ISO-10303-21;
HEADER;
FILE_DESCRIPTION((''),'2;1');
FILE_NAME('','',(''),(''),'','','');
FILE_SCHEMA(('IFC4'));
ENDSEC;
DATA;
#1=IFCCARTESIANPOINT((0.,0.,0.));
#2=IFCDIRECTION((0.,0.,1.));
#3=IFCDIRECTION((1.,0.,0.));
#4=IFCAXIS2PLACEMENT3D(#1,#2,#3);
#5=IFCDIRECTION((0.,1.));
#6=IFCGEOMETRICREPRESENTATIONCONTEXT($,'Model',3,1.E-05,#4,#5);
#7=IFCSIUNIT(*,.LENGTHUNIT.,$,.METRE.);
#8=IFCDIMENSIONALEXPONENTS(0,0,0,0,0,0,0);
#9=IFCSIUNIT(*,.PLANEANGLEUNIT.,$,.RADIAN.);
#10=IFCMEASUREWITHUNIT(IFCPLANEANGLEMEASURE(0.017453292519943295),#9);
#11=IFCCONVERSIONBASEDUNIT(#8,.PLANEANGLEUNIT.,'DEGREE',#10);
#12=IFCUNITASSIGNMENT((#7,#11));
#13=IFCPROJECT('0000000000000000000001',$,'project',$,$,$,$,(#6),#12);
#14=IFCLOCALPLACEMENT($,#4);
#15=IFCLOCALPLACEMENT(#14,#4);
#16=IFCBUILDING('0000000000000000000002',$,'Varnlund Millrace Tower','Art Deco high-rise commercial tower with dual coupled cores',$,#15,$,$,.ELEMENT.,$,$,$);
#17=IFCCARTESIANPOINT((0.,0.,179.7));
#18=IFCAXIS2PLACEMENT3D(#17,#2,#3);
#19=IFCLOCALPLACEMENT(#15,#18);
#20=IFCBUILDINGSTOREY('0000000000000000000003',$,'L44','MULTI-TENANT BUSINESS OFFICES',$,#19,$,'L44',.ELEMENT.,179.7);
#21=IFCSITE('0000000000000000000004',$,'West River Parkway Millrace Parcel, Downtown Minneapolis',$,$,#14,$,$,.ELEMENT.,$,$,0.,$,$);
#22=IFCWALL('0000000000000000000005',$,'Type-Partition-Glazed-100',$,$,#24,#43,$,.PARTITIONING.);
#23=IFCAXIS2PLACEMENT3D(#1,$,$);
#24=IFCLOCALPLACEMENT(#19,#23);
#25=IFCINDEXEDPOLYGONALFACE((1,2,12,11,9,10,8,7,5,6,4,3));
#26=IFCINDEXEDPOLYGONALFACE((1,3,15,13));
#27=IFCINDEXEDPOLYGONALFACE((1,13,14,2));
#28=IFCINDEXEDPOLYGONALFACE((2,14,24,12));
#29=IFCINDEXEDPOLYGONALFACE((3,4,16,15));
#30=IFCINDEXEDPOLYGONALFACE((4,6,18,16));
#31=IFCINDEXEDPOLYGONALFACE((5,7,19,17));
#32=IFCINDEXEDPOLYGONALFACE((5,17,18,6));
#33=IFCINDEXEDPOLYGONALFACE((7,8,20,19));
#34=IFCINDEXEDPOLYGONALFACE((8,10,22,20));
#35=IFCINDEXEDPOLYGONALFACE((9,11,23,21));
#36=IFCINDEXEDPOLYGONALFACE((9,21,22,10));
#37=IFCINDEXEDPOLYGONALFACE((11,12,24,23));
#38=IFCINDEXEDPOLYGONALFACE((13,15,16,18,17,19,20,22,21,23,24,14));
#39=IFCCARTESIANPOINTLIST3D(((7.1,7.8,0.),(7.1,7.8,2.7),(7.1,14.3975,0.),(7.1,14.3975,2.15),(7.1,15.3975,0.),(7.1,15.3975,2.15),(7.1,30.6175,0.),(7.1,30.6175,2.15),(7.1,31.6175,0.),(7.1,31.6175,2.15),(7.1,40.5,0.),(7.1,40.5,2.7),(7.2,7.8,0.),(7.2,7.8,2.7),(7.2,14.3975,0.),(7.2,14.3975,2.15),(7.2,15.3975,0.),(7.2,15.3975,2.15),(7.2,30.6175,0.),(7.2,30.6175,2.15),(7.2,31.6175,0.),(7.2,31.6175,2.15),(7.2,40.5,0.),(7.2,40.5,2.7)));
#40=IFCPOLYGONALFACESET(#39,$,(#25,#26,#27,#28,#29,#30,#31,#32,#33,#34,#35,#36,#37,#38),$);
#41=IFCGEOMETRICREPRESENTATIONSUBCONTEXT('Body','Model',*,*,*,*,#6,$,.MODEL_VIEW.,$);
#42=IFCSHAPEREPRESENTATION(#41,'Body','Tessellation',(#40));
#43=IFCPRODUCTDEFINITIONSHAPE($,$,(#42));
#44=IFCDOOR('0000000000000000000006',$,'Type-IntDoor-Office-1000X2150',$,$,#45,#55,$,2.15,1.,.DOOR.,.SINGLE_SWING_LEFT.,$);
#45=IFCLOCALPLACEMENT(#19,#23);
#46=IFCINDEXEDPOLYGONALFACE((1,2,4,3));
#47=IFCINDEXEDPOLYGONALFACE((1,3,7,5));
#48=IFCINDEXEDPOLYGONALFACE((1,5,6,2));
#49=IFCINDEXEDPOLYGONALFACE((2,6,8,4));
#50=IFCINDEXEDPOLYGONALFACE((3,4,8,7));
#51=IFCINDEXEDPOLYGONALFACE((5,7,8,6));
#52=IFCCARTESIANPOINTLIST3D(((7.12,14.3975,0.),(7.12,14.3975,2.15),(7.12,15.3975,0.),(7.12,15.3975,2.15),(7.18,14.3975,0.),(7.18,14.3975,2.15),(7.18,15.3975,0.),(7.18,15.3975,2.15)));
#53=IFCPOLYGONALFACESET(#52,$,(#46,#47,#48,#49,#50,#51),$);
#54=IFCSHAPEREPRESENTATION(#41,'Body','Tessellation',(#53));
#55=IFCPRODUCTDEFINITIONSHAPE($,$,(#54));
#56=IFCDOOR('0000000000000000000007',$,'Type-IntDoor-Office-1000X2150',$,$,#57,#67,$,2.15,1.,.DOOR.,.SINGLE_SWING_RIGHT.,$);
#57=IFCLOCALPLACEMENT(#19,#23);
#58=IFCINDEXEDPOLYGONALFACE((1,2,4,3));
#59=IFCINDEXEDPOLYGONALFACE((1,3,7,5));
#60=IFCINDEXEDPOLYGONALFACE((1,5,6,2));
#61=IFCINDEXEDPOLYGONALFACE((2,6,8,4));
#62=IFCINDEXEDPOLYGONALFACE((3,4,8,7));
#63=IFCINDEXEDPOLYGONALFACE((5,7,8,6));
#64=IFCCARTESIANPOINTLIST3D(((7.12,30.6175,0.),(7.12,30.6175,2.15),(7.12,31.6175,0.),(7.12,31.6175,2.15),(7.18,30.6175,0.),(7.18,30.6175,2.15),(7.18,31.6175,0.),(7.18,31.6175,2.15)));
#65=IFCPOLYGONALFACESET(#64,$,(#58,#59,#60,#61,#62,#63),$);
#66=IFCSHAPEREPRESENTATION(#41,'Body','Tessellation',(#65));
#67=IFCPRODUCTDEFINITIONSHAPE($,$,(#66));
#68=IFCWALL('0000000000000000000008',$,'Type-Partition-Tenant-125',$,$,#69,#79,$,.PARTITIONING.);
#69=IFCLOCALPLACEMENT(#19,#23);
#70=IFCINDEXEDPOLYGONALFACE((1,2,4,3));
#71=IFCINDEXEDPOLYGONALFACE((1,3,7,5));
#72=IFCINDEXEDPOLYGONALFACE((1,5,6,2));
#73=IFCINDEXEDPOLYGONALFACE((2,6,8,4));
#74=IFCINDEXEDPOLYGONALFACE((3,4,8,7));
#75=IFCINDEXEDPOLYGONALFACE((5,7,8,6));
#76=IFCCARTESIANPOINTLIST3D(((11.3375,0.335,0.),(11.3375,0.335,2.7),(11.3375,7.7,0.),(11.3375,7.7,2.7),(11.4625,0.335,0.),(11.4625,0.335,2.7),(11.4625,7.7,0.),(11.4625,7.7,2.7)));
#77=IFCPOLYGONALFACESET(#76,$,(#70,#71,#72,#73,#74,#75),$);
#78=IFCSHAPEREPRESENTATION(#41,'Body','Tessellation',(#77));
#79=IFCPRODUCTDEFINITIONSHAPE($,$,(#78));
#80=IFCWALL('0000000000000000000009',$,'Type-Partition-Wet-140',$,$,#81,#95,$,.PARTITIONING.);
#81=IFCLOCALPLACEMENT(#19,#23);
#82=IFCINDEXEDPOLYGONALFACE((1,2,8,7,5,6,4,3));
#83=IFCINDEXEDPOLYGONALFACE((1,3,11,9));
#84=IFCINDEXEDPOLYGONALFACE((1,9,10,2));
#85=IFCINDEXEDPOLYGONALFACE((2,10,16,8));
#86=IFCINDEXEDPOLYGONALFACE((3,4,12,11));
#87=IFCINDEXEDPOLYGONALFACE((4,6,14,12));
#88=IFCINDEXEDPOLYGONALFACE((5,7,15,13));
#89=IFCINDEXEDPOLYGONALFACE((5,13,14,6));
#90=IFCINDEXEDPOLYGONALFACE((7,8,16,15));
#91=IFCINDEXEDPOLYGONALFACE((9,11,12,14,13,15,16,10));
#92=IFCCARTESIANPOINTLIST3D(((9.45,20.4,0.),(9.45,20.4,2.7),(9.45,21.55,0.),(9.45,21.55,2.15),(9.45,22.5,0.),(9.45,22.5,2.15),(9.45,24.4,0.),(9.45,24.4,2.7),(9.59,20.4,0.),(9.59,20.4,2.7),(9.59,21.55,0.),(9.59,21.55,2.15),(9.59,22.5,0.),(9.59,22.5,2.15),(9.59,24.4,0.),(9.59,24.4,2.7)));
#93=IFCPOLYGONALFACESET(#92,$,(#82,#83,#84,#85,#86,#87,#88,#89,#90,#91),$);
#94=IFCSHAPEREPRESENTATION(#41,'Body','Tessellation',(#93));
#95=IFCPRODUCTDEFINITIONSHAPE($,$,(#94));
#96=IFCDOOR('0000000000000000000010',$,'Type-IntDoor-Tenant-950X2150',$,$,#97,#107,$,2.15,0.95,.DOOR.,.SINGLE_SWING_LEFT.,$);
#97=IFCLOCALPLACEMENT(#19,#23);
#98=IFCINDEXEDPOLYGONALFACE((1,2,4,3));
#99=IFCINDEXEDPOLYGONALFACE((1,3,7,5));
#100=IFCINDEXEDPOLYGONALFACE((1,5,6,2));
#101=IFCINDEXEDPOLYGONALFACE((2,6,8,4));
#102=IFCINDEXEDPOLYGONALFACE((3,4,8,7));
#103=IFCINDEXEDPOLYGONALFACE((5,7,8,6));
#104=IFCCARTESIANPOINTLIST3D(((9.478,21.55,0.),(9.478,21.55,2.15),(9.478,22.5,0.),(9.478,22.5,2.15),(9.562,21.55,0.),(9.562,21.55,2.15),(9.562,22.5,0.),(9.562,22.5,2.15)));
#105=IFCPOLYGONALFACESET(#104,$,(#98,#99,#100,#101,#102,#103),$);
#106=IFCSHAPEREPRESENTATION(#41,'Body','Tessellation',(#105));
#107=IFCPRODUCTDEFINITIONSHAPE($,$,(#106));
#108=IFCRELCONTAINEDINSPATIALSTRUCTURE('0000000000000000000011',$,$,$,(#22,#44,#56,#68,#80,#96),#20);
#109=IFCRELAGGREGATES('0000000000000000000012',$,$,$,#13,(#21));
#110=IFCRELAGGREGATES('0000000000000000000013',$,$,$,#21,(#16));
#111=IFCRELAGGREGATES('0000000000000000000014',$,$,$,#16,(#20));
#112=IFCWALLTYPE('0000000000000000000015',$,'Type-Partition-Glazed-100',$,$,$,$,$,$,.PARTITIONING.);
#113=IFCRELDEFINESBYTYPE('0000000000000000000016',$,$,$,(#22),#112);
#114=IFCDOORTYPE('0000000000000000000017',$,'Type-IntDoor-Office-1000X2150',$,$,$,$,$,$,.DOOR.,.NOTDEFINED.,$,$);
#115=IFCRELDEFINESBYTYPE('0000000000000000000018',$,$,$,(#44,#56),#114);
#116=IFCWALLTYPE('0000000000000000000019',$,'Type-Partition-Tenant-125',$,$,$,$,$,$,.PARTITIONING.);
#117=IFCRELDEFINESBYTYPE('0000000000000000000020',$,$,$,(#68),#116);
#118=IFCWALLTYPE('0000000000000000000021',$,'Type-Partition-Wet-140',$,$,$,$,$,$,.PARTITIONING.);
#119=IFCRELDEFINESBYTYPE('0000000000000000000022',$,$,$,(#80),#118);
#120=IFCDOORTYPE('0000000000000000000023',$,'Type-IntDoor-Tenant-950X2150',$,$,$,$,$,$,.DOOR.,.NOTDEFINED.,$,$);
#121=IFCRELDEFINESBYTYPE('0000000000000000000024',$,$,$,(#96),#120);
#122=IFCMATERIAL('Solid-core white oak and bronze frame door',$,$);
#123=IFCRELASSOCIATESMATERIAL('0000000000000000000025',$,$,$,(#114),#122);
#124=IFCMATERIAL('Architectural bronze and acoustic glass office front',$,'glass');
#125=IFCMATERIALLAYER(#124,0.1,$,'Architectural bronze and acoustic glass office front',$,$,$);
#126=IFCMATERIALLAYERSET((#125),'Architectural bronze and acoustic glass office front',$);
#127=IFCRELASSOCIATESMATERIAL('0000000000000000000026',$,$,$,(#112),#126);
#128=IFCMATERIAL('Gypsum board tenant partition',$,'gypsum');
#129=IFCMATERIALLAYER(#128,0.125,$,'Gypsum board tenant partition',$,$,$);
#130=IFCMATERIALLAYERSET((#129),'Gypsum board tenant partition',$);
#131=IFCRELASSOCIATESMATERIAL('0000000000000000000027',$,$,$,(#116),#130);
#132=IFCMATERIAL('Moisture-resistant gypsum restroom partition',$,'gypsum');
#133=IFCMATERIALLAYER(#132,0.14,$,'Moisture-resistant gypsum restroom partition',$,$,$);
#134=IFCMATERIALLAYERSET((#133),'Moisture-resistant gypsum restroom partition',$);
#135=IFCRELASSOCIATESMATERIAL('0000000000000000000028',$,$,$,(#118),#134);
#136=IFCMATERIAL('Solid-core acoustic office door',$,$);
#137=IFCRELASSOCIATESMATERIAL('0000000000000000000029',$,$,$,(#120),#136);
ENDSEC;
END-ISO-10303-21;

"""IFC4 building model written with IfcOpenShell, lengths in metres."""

from ifc_helpers import new_model, entity, si_unit, converted_unit, direction, frame, origin_with_axes, origin_2d_with_axis, place, context, subcontext, project, spatial, polyline, rectangle, outline, extrude, material, layer, layer_set, type_object, element, fill, save


model = new_model("IFC4")

# Units and contexts
model_context = context("Model", 3, precision=1e-05, world=origin_with_axes(), true_north=direction((0.0, 1.0)))
body_context = subcontext(model_context, "Body", "Model", "MODEL_VIEW")
ifc_project = project(units=[si_unit("LENGTHUNIT", "METRE"), converted_unit("PLANEANGLEUNIT", "DEGREE", entity("IfcPlaneAngleMeasure", 0.017453292519943295), si_unit("PLANEANGLEUNIT", "RADIAN"), dimensions=[0, 0, 0, 0, 0, 0, 0])], contexts=[model_context])

# Site, building, storey
site_placement = place(None, origin_with_axes())
site = spatial("IfcSite", under=ifc_project, at=site_placement, Name="West River Parkway Millrace Parcel, Downtown Minneapolis", CompositionType="ELEMENT", RefElevation=0.0)
building_placement = place(site_placement, origin_with_axes())
building = spatial("IfcBuilding", under=site, at=building_placement, Name="Varnlund Millrace Tower", Description="Art Deco high-rise commercial tower with dual coupled cores", CompositionType="ELEMENT")
storey_placement = place(building_placement, frame((0.0, 0.0, 179.7), z_axis=(0.0, 0.0, 1.0), x_axis=(1.0, 0.0, 0.0)))
storey = spatial("IfcBuildingStorey", under=building, at=storey_placement, Name="L44", Description="MULTI-TENANT BUSINESS OFFICES", LongName="L44", CompositionType="ELEMENT", Elevation=179.7)

# Shared definitions
ifc_material_1 = material(Name="Solid-core white oak and bronze frame door")
door_type_1 = type_object("IfcDoorType", Name="Type-IntDoor-Office-1000X2150", OperationType="NOTDEFINED", PredefinedType="DOOR", material=ifc_material_1)

# Wall, openings, doors
ifc_material_2 = material(Name="Architectural bronze and acoustic glass office front", Category="glass")
ifc_layer_1 = layer(ifc_material_2, 0.1, Name="Architectural bronze and acoustic glass office front")
ifc_layer_set_1 = layer_set([ifc_layer_1], Name="Architectural bronze and acoustic glass office front")
wall_type_1 = type_object("IfcWallType", Name="Type-Partition-Glazed-100", PredefinedType="PARTITIONING", material=ifc_layer_set_1)
wall_1_placement = place(storey_placement, frame((7.15, 7.8, 0.0), z_axis=(0.0, 0.0, 1.0), x_axis=(0.0, 1.0, 0.0)))
wall_1 = element("IfcWall", 1, at=wall_1_placement, inside=storey, type_object=wall_type_1, Name="Type-Partition-Glazed-100", PredefinedType="PARTITIONING", context=body_context, shape_type="SweptSolid", body=[
    extrude(outline(polyline([(0.0, -0.05), (32.7, -0.05), (32.7, 0.05), (0.0, 0.05), (0.0, -0.05)])), origin_with_axes(), (0.0, 0.0, 1.0), 2.7),
])
opening_1_placement = place(wall_1_placement, frame((7.0975, 0.0, 0.0), z_axis=(0.0, 0.0, 1.0), x_axis=(1.0, 0.0, 0.0)))
opening_1 = element("IfcOpeningElement", 2, at=opening_1_placement, cuts=wall_1, PredefinedType="OPENING", context=body_context, shape_type="SweptSolid", body=[
    extrude(rectangle(XDim=1.0, YDim=0.12, at=origin_2d_with_axis()), origin_with_axes(), (0.0, 0.0, 1.0), 2.15),
])
opening_2_placement = place(wall_1_placement, frame((23.3175, 0.0, 0.0), z_axis=(0.0, 0.0, 1.0), x_axis=(1.0, 0.0, 0.0)))
opening_2 = element("IfcOpeningElement", 3, at=opening_2_placement, cuts=wall_1, PredefinedType="OPENING", context=body_context, shape_type="SweptSolid", body=[
    extrude(rectangle(XDim=1.0, YDim=0.12, at=origin_2d_with_axis()), origin_with_axes(), (0.0, 0.0, 1.0), 2.15),
])
door_1_placement = place(wall_1_placement, frame((7.0975, 0.0, 0.0), z_axis=(0.0, 0.0, 1.0), x_axis=(1.0, 0.0, 0.0)))
door_1 = element("IfcDoor", 4, at=door_1_placement, inside=storey, type_object=door_type_1, Name="Type-IntDoor-Office-1000X2150", OperationType="SINGLE_SWING_LEFT", OverallHeight=2.15, OverallWidth=1.0, PredefinedType="DOOR", context=body_context, shape_type="SweptSolid", body=[
    extrude(rectangle(XDim=1.0, YDim=0.06, at=origin_2d_with_axis()), origin_with_axes(), (0.0, 0.0, 1.0), 2.15),
])
fill(opening_1, door_1)
door_2_placement = place(wall_1_placement, frame((23.3175, 0.0, 0.0), z_axis=(0.0, 0.0, 1.0), x_axis=(1.0, 0.0, 0.0)))
door_2 = element("IfcDoor", 5, at=door_2_placement, inside=storey, type_object=door_type_1, Name="Type-IntDoor-Office-1000X2150", OperationType="SINGLE_SWING_RIGHT", OverallHeight=2.15, OverallWidth=1.0, PredefinedType="DOOR", context=body_context, shape_type="SweptSolid", body=[
    extrude(rectangle(XDim=1.0, YDim=0.06, at=origin_2d_with_axis()), origin_with_axes(), (0.0, 0.0, 1.0), 2.15),
])
fill(opening_2, door_2)

# Wall
ifc_material_3 = material(Name="Gypsum board tenant partition", Category="gypsum")
ifc_layer_2 = layer(ifc_material_3, 0.125, Name="Gypsum board tenant partition")
ifc_layer_set_2 = layer_set([ifc_layer_2], Name="Gypsum board tenant partition")
wall_type_2 = type_object("IfcWallType", Name="Type-Partition-Tenant-125", PredefinedType="PARTITIONING", material=ifc_layer_set_2)
wall_2_placement = place(storey_placement, frame((11.4, 0.335, 0.0), z_axis=(0.0, 0.0, 1.0), x_axis=(0.0, 1.0, 0.0)))
element("IfcWall", 6, at=wall_2_placement, inside=storey, type_object=wall_type_2, Name="Type-Partition-Tenant-125", PredefinedType="PARTITIONING", context=body_context, shape_type="SweptSolid", body=[
    extrude(outline(polyline([(0.0, -0.0625), (7.365, -0.0625), (7.365, 0.0625), (0.0, 0.0625), (0.0, -0.0625)])), origin_with_axes(), (0.0, 0.0, 1.0), 2.7),
])

# Wall, opening, door
ifc_material_4 = material(Name="Moisture-resistant gypsum restroom partition", Category="gypsum")
ifc_layer_3 = layer(ifc_material_4, 0.14, Name="Moisture-resistant gypsum restroom partition")
ifc_layer_set_3 = layer_set([ifc_layer_3], Name="Moisture-resistant gypsum restroom partition")
wall_type_3 = type_object("IfcWallType", Name="Type-Partition-Wet-140", PredefinedType="PARTITIONING", material=ifc_layer_set_3)
wall_3_placement = place(storey_placement, frame((9.52, 20.4, 0.0), z_axis=(0.0, 0.0, 1.0), x_axis=(0.0, 1.0, 0.0)))
wall_3 = element("IfcWall", 7, at=wall_3_placement, inside=storey, type_object=wall_type_3, Name="Type-Partition-Wet-140", PredefinedType="PARTITIONING", context=body_context, shape_type="SweptSolid", body=[
    extrude(outline(polyline([(0.0, -0.07), (4.0, -0.07), (4.0, 0.07), (0.0, 0.07), (0.0, -0.07)])), origin_with_axes(), (0.0, 0.0, 1.0), 2.7),
])
opening_3_placement = place(wall_3_placement, frame((1.625, 0.0, 0.0), z_axis=(0.0, 0.0, 1.0), x_axis=(1.0, 0.0, 0.0)))
opening_3 = element("IfcOpeningElement", 8, at=opening_3_placement, cuts=wall_3, PredefinedType="OPENING", context=body_context, shape_type="SweptSolid", body=[
    extrude(rectangle(XDim=0.95, YDim=0.16, at=origin_2d_with_axis()), origin_with_axes(), (0.0, 0.0, 1.0), 2.15),
])
ifc_material_5 = material(Name="Solid-core acoustic office door")
door_type_2 = type_object("IfcDoorType", Name="Type-IntDoor-Tenant-950X2150", OperationType="NOTDEFINED", PredefinedType="DOOR", material=ifc_material_5)
door_3_placement = place(wall_3_placement, frame((1.625, 0.0, 0.0), z_axis=(0.0, 0.0, 1.0), x_axis=(1.0, 0.0, 0.0)))
door_3 = element("IfcDoor", 9, at=door_3_placement, inside=storey, type_object=door_type_2, Name="Type-IntDoor-Tenant-950X2150", OperationType="SINGLE_SWING_LEFT", OverallHeight=2.15, OverallWidth=0.95, PredefinedType="DOOR", context=body_context, shape_type="SweptSolid", body=[
    extrude(rectangle(XDim=0.95, YDim=0.084, at=origin_2d_with_axis()), origin_with_axes(), (0.0, 0.0, 1.0), 2.15),
])
fill(opening_3, door_3)

save(model, "model.ifc")
